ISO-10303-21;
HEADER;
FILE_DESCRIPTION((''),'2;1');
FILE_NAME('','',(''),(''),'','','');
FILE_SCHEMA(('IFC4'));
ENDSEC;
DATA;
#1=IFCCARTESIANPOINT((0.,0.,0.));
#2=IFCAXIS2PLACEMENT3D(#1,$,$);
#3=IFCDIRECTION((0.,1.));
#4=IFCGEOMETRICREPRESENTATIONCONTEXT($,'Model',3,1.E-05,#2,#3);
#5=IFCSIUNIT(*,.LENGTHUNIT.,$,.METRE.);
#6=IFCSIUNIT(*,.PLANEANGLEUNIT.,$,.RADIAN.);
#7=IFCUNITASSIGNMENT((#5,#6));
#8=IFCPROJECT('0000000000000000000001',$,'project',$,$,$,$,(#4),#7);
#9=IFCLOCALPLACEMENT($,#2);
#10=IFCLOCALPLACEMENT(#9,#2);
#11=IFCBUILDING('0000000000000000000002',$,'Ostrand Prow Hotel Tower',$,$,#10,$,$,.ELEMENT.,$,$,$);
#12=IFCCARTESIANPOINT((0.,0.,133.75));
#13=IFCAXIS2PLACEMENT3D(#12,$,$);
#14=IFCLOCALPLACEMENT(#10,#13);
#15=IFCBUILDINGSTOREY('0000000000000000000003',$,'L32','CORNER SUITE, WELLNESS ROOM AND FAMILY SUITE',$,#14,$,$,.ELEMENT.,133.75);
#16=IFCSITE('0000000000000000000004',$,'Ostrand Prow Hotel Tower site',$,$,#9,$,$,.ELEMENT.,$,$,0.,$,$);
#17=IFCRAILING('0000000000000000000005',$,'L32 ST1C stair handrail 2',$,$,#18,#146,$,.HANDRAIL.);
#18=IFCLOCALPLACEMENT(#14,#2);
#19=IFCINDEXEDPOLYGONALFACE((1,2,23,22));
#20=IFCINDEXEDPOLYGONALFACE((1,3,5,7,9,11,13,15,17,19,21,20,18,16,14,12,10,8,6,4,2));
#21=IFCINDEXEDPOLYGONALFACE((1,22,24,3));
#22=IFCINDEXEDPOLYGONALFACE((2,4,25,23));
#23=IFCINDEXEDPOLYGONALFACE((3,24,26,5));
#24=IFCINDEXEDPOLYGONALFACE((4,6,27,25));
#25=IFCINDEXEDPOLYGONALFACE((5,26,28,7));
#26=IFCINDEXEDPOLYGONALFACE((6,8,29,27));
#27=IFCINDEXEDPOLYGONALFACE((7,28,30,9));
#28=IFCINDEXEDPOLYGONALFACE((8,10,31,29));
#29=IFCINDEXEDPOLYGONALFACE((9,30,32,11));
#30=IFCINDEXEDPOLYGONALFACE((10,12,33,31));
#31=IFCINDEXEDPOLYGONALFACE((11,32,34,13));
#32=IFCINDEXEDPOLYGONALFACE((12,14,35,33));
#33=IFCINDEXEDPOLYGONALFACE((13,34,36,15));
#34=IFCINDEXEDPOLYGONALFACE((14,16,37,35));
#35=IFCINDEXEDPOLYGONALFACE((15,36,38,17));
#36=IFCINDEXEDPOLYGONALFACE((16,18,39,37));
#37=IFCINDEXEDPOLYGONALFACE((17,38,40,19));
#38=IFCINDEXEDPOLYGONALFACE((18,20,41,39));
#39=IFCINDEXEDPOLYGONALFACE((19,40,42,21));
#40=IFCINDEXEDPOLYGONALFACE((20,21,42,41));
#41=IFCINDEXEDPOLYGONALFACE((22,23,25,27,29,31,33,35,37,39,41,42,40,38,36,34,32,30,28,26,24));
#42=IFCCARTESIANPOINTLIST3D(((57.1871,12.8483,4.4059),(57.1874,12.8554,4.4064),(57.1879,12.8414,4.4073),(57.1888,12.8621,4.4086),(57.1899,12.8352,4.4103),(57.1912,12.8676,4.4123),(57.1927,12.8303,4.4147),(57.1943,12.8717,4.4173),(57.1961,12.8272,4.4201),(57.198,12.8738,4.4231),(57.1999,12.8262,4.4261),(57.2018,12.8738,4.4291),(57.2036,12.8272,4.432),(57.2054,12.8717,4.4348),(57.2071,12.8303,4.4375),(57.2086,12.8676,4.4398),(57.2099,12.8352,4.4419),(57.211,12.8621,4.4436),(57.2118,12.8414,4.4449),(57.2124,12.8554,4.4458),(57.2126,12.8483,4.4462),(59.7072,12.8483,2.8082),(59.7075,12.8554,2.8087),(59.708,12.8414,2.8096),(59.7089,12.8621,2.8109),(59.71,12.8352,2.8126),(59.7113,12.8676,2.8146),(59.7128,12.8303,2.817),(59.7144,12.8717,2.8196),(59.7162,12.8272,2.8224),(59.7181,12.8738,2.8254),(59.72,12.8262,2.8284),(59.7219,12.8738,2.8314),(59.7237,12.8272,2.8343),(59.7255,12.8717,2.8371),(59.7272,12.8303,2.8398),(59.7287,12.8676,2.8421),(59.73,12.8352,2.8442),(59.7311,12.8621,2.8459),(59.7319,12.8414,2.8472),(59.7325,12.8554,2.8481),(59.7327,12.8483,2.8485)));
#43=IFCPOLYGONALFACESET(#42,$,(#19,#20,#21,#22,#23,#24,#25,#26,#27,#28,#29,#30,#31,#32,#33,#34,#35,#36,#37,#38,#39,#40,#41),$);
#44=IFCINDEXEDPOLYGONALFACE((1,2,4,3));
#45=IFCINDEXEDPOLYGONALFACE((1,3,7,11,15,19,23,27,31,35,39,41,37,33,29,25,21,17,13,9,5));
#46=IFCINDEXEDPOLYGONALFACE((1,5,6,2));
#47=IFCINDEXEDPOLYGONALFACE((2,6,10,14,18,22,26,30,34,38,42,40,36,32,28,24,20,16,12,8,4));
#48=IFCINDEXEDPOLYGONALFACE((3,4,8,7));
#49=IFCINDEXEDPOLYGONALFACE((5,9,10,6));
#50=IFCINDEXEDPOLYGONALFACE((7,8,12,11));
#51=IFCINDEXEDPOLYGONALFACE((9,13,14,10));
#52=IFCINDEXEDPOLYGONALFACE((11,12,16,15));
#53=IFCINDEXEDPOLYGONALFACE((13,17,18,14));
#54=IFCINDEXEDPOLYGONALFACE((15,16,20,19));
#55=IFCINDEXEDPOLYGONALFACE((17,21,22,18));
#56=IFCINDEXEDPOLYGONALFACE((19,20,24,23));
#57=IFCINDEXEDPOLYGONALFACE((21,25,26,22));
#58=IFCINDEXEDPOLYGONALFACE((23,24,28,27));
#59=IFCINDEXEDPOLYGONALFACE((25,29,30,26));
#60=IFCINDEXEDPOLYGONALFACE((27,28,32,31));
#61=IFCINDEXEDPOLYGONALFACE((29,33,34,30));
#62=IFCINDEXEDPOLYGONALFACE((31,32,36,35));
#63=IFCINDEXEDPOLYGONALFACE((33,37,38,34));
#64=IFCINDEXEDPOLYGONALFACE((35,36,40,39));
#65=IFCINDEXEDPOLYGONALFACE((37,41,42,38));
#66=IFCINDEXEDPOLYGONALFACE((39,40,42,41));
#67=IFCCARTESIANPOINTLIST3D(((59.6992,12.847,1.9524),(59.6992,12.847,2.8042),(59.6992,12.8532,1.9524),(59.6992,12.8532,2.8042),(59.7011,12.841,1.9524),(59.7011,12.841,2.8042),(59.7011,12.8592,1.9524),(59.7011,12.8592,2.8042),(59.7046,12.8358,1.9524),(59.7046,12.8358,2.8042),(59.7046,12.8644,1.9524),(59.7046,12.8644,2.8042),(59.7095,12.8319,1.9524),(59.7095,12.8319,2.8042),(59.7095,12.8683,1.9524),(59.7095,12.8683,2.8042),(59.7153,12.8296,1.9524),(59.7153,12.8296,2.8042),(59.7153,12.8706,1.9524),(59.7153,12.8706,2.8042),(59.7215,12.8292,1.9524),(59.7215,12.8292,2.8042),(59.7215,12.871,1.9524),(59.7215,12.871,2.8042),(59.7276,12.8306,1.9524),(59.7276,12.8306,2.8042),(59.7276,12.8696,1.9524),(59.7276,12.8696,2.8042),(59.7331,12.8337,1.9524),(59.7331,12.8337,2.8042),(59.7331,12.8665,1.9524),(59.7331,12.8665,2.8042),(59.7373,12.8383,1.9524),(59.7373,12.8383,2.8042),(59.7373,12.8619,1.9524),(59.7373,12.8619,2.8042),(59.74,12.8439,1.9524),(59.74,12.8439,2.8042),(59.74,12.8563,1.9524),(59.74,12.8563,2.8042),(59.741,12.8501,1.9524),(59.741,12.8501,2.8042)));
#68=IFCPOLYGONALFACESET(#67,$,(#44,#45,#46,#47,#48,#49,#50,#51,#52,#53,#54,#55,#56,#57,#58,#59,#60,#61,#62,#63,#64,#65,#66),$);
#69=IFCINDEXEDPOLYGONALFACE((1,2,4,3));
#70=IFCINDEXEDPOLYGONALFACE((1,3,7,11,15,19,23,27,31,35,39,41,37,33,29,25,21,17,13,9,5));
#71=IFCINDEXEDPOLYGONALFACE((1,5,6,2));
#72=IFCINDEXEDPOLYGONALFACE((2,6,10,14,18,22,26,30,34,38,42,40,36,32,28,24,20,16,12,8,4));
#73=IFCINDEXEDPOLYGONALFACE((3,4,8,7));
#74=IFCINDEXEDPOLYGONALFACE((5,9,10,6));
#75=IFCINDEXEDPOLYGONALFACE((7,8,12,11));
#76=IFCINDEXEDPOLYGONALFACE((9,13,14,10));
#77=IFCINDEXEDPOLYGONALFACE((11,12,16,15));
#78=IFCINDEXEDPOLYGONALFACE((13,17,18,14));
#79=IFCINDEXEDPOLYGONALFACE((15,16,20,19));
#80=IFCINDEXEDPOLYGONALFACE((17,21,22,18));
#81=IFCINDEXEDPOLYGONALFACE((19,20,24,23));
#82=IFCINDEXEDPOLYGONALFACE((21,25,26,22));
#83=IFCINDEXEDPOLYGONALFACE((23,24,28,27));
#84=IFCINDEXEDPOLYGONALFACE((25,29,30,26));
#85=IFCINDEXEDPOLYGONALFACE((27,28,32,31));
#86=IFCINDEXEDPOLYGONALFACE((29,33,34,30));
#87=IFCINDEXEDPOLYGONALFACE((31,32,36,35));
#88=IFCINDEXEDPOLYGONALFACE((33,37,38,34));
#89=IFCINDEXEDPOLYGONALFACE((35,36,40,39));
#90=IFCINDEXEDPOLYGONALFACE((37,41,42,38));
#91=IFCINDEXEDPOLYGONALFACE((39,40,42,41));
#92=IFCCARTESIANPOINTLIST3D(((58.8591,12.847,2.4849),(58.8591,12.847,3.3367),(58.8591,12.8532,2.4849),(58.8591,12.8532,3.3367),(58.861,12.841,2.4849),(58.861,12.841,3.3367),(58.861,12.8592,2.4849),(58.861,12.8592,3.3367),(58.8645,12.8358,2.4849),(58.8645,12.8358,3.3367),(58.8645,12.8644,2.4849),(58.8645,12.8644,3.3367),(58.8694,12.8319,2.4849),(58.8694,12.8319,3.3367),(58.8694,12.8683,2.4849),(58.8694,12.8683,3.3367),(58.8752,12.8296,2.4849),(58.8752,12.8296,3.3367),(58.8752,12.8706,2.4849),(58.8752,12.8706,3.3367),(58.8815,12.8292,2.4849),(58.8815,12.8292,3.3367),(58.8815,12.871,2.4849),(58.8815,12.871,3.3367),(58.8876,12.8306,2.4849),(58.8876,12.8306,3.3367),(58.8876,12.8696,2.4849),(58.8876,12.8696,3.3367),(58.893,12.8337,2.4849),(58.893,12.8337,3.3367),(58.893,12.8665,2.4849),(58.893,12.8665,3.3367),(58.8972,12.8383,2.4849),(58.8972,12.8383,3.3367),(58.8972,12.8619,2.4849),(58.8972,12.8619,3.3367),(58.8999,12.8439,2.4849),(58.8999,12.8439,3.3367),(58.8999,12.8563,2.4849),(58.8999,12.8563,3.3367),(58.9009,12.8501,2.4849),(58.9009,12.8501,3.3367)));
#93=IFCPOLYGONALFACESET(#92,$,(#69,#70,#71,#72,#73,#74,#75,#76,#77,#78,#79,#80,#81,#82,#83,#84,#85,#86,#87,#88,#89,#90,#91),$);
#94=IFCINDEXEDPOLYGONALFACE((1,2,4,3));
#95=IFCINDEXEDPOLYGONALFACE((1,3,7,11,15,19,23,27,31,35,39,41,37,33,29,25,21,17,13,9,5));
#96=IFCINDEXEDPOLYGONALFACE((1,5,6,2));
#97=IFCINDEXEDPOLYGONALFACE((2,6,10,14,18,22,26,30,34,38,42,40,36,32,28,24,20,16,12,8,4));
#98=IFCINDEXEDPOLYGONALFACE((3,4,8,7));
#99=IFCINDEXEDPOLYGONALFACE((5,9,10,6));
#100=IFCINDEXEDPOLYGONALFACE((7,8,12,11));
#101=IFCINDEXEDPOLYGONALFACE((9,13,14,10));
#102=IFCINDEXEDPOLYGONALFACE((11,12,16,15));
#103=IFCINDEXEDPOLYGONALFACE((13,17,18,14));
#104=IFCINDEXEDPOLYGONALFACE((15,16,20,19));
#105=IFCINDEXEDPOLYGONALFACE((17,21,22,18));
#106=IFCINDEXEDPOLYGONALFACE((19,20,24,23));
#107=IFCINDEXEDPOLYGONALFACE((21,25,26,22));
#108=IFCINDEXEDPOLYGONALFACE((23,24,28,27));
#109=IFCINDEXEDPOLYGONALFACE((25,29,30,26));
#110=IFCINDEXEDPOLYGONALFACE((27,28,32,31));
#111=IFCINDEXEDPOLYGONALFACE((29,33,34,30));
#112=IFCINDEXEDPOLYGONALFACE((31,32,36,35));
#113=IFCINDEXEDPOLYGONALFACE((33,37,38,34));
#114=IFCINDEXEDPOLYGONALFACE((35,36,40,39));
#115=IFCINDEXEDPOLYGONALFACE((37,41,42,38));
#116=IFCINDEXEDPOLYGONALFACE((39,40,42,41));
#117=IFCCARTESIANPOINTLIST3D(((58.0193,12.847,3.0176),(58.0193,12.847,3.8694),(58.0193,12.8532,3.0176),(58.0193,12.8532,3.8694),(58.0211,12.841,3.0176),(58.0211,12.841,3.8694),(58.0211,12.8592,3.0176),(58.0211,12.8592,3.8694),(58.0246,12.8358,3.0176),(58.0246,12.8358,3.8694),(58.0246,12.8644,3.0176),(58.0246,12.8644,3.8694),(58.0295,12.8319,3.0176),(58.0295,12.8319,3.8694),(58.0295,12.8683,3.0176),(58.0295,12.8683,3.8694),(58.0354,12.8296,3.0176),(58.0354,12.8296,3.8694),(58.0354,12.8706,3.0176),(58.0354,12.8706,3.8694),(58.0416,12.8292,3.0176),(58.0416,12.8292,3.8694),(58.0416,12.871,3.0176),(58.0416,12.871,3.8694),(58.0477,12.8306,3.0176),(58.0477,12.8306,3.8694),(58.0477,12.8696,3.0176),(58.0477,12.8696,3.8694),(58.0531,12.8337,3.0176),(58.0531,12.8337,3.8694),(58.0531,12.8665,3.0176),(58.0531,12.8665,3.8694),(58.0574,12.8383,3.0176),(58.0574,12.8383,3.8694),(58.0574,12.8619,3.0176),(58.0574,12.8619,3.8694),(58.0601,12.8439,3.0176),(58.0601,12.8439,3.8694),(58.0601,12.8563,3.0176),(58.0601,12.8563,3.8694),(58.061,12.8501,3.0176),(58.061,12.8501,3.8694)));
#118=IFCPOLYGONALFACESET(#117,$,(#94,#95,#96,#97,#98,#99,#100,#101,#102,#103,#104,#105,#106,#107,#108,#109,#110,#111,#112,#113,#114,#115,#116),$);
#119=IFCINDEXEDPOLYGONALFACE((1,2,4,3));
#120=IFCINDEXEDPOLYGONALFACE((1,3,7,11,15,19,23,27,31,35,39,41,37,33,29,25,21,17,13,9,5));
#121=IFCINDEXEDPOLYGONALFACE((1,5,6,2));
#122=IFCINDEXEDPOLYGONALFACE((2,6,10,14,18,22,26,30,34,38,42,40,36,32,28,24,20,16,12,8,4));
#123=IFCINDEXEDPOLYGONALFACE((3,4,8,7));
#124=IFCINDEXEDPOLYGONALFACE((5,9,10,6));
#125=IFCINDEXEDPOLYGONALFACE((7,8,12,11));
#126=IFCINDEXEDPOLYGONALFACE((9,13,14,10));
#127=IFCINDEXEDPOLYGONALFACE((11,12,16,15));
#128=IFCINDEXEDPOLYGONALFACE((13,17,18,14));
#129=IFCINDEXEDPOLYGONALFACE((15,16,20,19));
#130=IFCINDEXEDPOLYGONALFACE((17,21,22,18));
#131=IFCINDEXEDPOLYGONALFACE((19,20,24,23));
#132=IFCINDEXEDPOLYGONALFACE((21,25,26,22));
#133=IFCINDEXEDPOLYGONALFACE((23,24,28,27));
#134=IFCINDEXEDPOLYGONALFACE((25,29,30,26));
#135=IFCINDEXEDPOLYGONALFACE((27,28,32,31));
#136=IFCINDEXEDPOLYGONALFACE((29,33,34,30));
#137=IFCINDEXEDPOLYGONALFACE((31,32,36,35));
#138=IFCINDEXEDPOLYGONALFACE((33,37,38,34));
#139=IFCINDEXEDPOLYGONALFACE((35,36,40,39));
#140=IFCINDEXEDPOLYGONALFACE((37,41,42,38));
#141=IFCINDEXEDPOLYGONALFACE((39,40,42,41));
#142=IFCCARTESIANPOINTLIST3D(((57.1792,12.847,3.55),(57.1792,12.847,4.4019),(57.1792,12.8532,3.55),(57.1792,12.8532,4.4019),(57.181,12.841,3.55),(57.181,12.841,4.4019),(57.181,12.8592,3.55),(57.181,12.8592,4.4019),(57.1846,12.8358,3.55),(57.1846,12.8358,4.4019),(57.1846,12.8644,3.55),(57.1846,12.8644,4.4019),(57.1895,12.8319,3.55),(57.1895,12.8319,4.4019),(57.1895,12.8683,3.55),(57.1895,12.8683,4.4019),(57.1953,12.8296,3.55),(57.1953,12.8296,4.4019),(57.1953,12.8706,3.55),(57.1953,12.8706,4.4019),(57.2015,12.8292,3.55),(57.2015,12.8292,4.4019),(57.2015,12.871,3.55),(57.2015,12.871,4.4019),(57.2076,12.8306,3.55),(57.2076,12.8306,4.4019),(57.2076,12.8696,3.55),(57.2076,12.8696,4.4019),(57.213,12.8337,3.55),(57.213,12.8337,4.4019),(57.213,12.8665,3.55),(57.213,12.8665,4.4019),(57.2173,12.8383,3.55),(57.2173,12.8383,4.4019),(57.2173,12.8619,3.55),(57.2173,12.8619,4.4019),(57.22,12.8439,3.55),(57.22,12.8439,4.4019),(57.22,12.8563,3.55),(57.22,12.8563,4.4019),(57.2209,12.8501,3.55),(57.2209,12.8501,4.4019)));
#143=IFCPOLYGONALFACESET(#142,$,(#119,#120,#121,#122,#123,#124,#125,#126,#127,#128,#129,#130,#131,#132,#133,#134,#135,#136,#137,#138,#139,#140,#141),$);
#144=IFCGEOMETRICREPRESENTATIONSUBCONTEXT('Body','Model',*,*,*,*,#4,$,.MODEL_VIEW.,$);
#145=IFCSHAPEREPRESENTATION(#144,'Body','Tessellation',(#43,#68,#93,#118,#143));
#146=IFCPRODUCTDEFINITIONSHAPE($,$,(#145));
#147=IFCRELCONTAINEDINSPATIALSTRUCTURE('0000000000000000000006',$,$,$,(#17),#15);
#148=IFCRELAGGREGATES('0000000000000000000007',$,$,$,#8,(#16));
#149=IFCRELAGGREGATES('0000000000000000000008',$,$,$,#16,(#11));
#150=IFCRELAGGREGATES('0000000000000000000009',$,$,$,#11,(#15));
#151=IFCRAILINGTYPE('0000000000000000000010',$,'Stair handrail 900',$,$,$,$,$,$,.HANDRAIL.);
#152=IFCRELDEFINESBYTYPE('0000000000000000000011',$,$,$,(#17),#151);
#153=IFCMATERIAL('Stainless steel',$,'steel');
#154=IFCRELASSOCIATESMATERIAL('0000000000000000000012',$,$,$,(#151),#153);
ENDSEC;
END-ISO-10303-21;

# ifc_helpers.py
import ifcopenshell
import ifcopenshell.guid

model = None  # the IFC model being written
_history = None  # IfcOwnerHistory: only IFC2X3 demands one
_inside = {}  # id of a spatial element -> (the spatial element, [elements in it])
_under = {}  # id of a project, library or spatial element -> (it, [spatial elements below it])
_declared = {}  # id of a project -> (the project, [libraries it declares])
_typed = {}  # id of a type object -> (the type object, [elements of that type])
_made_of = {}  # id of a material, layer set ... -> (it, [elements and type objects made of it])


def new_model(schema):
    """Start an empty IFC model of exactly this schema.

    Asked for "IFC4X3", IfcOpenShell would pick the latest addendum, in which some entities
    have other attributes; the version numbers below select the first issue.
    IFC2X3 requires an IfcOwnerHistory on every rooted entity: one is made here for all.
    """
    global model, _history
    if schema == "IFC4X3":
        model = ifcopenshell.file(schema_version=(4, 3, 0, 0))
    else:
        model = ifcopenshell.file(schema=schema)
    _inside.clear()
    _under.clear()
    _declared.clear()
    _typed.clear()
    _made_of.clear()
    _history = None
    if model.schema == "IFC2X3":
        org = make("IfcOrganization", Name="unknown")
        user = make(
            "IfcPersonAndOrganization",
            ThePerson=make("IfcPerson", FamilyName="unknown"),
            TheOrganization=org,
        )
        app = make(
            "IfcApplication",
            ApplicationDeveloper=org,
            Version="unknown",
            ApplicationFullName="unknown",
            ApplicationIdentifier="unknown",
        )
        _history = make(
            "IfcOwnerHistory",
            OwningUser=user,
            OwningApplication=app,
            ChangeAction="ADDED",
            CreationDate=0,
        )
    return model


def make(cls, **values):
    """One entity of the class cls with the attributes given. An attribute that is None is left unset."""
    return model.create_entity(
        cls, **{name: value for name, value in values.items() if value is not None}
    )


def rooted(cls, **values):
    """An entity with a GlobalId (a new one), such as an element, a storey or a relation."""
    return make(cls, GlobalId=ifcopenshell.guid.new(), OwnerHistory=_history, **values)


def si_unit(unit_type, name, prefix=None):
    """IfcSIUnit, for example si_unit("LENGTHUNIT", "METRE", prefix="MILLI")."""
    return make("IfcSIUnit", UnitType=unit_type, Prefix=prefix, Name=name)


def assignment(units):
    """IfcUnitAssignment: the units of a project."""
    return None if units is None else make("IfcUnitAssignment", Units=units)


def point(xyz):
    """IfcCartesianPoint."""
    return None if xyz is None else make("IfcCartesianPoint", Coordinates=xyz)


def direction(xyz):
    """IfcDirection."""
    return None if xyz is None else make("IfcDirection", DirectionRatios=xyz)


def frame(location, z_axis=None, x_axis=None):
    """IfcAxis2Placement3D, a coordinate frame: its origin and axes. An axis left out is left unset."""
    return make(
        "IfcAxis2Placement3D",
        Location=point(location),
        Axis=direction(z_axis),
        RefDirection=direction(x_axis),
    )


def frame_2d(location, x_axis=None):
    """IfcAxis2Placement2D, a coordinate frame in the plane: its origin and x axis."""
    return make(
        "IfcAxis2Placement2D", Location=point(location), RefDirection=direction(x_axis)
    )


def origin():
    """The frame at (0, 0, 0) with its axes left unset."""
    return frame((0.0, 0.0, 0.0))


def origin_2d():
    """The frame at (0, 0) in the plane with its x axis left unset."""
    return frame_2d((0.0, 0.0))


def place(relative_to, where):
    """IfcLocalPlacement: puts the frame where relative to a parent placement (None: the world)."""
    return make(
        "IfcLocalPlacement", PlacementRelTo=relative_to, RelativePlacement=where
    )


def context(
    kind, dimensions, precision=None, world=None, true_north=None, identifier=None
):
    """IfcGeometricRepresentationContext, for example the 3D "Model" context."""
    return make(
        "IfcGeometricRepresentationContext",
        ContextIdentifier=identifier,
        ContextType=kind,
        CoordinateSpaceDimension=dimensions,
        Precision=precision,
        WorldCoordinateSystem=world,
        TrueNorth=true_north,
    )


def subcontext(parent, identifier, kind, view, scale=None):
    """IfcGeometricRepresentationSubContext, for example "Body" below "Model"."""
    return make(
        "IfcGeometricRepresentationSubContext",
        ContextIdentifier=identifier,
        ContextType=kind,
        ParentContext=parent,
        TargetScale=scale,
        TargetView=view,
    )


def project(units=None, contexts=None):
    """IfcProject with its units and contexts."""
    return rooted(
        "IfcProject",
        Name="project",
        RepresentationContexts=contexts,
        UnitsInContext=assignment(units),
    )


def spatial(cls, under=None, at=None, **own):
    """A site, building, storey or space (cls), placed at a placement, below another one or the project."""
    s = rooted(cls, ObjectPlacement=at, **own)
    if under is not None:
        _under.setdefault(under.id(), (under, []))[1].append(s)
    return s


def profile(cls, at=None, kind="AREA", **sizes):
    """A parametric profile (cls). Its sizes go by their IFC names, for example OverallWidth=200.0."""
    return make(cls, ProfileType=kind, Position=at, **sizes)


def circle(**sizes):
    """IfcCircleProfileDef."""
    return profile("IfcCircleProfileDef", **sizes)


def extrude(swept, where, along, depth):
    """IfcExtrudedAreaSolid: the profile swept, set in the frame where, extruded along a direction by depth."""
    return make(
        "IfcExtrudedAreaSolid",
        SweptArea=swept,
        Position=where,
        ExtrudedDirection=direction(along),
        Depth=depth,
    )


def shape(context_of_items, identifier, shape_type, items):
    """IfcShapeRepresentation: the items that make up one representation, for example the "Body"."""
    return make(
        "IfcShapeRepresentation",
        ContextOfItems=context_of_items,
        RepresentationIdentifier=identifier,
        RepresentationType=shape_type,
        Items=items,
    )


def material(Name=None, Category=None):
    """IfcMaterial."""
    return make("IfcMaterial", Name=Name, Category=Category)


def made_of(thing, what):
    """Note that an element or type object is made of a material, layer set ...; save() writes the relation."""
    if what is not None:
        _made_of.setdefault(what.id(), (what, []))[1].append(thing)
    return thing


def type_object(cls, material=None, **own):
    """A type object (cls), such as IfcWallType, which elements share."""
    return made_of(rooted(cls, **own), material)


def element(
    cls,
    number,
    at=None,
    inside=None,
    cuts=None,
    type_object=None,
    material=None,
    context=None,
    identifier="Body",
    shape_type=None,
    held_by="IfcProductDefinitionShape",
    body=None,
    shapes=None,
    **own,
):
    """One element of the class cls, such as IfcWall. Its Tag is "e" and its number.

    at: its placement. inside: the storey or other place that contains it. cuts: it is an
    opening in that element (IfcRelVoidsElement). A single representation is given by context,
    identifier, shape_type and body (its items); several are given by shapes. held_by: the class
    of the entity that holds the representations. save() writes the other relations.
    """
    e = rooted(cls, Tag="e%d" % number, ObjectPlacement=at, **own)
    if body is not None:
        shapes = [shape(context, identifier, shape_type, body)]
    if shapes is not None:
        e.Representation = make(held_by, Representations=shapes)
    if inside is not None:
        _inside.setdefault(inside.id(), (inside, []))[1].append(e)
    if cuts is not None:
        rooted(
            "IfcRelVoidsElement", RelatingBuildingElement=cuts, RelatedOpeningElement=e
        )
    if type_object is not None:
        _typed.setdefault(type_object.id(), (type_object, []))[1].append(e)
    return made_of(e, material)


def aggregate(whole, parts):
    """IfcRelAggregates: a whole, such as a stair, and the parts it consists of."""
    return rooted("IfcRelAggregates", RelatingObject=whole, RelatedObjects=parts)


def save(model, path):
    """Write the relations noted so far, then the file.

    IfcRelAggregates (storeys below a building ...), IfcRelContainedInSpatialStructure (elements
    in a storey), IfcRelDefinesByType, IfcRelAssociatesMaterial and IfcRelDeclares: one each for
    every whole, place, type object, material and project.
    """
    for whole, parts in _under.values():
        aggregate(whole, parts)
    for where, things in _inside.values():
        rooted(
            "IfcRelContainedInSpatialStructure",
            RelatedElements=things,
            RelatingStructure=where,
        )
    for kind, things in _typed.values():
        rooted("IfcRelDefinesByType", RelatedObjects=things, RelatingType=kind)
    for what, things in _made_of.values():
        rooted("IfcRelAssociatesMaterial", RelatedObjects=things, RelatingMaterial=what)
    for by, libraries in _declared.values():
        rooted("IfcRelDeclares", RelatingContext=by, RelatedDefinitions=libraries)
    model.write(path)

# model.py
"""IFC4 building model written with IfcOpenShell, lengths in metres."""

from ifc_helpers import new_model, si_unit, direction, frame, origin, origin_2d, place, context, subcontext, project, spatial, circle, extrude, material, type_object, element, save


model = new_model("IFC4")

# Units and contexts
model_context = context("Model", 3, precision=1e-05, world=origin(), true_north=direction((0.0, 1.0)))
body_context = subcontext(model_context, "Body", "Model", "MODEL_VIEW")
ifc_project = project(units=[si_unit("LENGTHUNIT", "METRE"), si_unit("PLANEANGLEUNIT", "RADIAN")], contexts=[model_context])

# Site, building, storey
site_placement = place(None, origin())
site = spatial("IfcSite", under=ifc_project, at=site_placement, Name="Ostrand Prow Hotel Tower site", CompositionType="ELEMENT", RefElevation=0.0)
building_placement = place(site_placement, origin())
building = spatial("IfcBuilding", under=site, at=building_placement, Name="Ostrand Prow Hotel Tower", CompositionType="ELEMENT")
storey_placement = place(building_placement, frame((0.0, 0.0, 133.75)))
storey = spatial("IfcBuildingStorey", under=building, at=storey_placement, Name="L32", Description="CORNER SUITE, WELLNESS ROOM AND FAMILY SUITE", CompositionType="ELEMENT", Elevation=133.75)

# Railing
ifc_material_1 = material(Name="Stainless steel", Category="steel")
railing_type_1 = type_object("IfcRailingType", Name="Stair handrail 900", PredefinedType="HANDRAIL", material=ifc_material_1)
railing_1_placement = place(storey_placement, frame((59.72, 12.8501, 1.9524)))
element("IfcRailing", 1, at=railing_1_placement, inside=storey, type_object=railing_type_1, Name="L32 ST1C stair handrail 2", PredefinedType="HANDRAIL", context=body_context, shape_type="SweptSolid", body=[
    extrude(circle(Radius=0.0239, at=origin_2d()), frame((0.0, 0.0, 0.876), z_axis=(-0.84457, 0.0, 0.535445), x_axis=(0.0, -1.0, 0.0)), (0.0, 0.0, 1.0), 2.9839),
    extrude(circle(Radius=0.021, at=origin_2d()), origin(), (0.0, 0.0, 1.0), 0.8518),
    extrude(circle(Radius=0.021, at=origin_2d()), frame((-0.8401, 0.0, 0.5325)), (0.0, 0.0, 1.0), 0.8518),
    extrude(circle(Radius=0.021, at=origin_2d()), frame((-1.6799, 0.0, 1.0652)), (0.0, 0.0, 1.0), 0.8518),
    extrude(circle(Radius=0.021, at=origin_2d()), frame((-2.52, 0.0, 1.5977)), (0.0, 0.0, 1.0), 0.8518),
])

save(model, "model.ifc")
